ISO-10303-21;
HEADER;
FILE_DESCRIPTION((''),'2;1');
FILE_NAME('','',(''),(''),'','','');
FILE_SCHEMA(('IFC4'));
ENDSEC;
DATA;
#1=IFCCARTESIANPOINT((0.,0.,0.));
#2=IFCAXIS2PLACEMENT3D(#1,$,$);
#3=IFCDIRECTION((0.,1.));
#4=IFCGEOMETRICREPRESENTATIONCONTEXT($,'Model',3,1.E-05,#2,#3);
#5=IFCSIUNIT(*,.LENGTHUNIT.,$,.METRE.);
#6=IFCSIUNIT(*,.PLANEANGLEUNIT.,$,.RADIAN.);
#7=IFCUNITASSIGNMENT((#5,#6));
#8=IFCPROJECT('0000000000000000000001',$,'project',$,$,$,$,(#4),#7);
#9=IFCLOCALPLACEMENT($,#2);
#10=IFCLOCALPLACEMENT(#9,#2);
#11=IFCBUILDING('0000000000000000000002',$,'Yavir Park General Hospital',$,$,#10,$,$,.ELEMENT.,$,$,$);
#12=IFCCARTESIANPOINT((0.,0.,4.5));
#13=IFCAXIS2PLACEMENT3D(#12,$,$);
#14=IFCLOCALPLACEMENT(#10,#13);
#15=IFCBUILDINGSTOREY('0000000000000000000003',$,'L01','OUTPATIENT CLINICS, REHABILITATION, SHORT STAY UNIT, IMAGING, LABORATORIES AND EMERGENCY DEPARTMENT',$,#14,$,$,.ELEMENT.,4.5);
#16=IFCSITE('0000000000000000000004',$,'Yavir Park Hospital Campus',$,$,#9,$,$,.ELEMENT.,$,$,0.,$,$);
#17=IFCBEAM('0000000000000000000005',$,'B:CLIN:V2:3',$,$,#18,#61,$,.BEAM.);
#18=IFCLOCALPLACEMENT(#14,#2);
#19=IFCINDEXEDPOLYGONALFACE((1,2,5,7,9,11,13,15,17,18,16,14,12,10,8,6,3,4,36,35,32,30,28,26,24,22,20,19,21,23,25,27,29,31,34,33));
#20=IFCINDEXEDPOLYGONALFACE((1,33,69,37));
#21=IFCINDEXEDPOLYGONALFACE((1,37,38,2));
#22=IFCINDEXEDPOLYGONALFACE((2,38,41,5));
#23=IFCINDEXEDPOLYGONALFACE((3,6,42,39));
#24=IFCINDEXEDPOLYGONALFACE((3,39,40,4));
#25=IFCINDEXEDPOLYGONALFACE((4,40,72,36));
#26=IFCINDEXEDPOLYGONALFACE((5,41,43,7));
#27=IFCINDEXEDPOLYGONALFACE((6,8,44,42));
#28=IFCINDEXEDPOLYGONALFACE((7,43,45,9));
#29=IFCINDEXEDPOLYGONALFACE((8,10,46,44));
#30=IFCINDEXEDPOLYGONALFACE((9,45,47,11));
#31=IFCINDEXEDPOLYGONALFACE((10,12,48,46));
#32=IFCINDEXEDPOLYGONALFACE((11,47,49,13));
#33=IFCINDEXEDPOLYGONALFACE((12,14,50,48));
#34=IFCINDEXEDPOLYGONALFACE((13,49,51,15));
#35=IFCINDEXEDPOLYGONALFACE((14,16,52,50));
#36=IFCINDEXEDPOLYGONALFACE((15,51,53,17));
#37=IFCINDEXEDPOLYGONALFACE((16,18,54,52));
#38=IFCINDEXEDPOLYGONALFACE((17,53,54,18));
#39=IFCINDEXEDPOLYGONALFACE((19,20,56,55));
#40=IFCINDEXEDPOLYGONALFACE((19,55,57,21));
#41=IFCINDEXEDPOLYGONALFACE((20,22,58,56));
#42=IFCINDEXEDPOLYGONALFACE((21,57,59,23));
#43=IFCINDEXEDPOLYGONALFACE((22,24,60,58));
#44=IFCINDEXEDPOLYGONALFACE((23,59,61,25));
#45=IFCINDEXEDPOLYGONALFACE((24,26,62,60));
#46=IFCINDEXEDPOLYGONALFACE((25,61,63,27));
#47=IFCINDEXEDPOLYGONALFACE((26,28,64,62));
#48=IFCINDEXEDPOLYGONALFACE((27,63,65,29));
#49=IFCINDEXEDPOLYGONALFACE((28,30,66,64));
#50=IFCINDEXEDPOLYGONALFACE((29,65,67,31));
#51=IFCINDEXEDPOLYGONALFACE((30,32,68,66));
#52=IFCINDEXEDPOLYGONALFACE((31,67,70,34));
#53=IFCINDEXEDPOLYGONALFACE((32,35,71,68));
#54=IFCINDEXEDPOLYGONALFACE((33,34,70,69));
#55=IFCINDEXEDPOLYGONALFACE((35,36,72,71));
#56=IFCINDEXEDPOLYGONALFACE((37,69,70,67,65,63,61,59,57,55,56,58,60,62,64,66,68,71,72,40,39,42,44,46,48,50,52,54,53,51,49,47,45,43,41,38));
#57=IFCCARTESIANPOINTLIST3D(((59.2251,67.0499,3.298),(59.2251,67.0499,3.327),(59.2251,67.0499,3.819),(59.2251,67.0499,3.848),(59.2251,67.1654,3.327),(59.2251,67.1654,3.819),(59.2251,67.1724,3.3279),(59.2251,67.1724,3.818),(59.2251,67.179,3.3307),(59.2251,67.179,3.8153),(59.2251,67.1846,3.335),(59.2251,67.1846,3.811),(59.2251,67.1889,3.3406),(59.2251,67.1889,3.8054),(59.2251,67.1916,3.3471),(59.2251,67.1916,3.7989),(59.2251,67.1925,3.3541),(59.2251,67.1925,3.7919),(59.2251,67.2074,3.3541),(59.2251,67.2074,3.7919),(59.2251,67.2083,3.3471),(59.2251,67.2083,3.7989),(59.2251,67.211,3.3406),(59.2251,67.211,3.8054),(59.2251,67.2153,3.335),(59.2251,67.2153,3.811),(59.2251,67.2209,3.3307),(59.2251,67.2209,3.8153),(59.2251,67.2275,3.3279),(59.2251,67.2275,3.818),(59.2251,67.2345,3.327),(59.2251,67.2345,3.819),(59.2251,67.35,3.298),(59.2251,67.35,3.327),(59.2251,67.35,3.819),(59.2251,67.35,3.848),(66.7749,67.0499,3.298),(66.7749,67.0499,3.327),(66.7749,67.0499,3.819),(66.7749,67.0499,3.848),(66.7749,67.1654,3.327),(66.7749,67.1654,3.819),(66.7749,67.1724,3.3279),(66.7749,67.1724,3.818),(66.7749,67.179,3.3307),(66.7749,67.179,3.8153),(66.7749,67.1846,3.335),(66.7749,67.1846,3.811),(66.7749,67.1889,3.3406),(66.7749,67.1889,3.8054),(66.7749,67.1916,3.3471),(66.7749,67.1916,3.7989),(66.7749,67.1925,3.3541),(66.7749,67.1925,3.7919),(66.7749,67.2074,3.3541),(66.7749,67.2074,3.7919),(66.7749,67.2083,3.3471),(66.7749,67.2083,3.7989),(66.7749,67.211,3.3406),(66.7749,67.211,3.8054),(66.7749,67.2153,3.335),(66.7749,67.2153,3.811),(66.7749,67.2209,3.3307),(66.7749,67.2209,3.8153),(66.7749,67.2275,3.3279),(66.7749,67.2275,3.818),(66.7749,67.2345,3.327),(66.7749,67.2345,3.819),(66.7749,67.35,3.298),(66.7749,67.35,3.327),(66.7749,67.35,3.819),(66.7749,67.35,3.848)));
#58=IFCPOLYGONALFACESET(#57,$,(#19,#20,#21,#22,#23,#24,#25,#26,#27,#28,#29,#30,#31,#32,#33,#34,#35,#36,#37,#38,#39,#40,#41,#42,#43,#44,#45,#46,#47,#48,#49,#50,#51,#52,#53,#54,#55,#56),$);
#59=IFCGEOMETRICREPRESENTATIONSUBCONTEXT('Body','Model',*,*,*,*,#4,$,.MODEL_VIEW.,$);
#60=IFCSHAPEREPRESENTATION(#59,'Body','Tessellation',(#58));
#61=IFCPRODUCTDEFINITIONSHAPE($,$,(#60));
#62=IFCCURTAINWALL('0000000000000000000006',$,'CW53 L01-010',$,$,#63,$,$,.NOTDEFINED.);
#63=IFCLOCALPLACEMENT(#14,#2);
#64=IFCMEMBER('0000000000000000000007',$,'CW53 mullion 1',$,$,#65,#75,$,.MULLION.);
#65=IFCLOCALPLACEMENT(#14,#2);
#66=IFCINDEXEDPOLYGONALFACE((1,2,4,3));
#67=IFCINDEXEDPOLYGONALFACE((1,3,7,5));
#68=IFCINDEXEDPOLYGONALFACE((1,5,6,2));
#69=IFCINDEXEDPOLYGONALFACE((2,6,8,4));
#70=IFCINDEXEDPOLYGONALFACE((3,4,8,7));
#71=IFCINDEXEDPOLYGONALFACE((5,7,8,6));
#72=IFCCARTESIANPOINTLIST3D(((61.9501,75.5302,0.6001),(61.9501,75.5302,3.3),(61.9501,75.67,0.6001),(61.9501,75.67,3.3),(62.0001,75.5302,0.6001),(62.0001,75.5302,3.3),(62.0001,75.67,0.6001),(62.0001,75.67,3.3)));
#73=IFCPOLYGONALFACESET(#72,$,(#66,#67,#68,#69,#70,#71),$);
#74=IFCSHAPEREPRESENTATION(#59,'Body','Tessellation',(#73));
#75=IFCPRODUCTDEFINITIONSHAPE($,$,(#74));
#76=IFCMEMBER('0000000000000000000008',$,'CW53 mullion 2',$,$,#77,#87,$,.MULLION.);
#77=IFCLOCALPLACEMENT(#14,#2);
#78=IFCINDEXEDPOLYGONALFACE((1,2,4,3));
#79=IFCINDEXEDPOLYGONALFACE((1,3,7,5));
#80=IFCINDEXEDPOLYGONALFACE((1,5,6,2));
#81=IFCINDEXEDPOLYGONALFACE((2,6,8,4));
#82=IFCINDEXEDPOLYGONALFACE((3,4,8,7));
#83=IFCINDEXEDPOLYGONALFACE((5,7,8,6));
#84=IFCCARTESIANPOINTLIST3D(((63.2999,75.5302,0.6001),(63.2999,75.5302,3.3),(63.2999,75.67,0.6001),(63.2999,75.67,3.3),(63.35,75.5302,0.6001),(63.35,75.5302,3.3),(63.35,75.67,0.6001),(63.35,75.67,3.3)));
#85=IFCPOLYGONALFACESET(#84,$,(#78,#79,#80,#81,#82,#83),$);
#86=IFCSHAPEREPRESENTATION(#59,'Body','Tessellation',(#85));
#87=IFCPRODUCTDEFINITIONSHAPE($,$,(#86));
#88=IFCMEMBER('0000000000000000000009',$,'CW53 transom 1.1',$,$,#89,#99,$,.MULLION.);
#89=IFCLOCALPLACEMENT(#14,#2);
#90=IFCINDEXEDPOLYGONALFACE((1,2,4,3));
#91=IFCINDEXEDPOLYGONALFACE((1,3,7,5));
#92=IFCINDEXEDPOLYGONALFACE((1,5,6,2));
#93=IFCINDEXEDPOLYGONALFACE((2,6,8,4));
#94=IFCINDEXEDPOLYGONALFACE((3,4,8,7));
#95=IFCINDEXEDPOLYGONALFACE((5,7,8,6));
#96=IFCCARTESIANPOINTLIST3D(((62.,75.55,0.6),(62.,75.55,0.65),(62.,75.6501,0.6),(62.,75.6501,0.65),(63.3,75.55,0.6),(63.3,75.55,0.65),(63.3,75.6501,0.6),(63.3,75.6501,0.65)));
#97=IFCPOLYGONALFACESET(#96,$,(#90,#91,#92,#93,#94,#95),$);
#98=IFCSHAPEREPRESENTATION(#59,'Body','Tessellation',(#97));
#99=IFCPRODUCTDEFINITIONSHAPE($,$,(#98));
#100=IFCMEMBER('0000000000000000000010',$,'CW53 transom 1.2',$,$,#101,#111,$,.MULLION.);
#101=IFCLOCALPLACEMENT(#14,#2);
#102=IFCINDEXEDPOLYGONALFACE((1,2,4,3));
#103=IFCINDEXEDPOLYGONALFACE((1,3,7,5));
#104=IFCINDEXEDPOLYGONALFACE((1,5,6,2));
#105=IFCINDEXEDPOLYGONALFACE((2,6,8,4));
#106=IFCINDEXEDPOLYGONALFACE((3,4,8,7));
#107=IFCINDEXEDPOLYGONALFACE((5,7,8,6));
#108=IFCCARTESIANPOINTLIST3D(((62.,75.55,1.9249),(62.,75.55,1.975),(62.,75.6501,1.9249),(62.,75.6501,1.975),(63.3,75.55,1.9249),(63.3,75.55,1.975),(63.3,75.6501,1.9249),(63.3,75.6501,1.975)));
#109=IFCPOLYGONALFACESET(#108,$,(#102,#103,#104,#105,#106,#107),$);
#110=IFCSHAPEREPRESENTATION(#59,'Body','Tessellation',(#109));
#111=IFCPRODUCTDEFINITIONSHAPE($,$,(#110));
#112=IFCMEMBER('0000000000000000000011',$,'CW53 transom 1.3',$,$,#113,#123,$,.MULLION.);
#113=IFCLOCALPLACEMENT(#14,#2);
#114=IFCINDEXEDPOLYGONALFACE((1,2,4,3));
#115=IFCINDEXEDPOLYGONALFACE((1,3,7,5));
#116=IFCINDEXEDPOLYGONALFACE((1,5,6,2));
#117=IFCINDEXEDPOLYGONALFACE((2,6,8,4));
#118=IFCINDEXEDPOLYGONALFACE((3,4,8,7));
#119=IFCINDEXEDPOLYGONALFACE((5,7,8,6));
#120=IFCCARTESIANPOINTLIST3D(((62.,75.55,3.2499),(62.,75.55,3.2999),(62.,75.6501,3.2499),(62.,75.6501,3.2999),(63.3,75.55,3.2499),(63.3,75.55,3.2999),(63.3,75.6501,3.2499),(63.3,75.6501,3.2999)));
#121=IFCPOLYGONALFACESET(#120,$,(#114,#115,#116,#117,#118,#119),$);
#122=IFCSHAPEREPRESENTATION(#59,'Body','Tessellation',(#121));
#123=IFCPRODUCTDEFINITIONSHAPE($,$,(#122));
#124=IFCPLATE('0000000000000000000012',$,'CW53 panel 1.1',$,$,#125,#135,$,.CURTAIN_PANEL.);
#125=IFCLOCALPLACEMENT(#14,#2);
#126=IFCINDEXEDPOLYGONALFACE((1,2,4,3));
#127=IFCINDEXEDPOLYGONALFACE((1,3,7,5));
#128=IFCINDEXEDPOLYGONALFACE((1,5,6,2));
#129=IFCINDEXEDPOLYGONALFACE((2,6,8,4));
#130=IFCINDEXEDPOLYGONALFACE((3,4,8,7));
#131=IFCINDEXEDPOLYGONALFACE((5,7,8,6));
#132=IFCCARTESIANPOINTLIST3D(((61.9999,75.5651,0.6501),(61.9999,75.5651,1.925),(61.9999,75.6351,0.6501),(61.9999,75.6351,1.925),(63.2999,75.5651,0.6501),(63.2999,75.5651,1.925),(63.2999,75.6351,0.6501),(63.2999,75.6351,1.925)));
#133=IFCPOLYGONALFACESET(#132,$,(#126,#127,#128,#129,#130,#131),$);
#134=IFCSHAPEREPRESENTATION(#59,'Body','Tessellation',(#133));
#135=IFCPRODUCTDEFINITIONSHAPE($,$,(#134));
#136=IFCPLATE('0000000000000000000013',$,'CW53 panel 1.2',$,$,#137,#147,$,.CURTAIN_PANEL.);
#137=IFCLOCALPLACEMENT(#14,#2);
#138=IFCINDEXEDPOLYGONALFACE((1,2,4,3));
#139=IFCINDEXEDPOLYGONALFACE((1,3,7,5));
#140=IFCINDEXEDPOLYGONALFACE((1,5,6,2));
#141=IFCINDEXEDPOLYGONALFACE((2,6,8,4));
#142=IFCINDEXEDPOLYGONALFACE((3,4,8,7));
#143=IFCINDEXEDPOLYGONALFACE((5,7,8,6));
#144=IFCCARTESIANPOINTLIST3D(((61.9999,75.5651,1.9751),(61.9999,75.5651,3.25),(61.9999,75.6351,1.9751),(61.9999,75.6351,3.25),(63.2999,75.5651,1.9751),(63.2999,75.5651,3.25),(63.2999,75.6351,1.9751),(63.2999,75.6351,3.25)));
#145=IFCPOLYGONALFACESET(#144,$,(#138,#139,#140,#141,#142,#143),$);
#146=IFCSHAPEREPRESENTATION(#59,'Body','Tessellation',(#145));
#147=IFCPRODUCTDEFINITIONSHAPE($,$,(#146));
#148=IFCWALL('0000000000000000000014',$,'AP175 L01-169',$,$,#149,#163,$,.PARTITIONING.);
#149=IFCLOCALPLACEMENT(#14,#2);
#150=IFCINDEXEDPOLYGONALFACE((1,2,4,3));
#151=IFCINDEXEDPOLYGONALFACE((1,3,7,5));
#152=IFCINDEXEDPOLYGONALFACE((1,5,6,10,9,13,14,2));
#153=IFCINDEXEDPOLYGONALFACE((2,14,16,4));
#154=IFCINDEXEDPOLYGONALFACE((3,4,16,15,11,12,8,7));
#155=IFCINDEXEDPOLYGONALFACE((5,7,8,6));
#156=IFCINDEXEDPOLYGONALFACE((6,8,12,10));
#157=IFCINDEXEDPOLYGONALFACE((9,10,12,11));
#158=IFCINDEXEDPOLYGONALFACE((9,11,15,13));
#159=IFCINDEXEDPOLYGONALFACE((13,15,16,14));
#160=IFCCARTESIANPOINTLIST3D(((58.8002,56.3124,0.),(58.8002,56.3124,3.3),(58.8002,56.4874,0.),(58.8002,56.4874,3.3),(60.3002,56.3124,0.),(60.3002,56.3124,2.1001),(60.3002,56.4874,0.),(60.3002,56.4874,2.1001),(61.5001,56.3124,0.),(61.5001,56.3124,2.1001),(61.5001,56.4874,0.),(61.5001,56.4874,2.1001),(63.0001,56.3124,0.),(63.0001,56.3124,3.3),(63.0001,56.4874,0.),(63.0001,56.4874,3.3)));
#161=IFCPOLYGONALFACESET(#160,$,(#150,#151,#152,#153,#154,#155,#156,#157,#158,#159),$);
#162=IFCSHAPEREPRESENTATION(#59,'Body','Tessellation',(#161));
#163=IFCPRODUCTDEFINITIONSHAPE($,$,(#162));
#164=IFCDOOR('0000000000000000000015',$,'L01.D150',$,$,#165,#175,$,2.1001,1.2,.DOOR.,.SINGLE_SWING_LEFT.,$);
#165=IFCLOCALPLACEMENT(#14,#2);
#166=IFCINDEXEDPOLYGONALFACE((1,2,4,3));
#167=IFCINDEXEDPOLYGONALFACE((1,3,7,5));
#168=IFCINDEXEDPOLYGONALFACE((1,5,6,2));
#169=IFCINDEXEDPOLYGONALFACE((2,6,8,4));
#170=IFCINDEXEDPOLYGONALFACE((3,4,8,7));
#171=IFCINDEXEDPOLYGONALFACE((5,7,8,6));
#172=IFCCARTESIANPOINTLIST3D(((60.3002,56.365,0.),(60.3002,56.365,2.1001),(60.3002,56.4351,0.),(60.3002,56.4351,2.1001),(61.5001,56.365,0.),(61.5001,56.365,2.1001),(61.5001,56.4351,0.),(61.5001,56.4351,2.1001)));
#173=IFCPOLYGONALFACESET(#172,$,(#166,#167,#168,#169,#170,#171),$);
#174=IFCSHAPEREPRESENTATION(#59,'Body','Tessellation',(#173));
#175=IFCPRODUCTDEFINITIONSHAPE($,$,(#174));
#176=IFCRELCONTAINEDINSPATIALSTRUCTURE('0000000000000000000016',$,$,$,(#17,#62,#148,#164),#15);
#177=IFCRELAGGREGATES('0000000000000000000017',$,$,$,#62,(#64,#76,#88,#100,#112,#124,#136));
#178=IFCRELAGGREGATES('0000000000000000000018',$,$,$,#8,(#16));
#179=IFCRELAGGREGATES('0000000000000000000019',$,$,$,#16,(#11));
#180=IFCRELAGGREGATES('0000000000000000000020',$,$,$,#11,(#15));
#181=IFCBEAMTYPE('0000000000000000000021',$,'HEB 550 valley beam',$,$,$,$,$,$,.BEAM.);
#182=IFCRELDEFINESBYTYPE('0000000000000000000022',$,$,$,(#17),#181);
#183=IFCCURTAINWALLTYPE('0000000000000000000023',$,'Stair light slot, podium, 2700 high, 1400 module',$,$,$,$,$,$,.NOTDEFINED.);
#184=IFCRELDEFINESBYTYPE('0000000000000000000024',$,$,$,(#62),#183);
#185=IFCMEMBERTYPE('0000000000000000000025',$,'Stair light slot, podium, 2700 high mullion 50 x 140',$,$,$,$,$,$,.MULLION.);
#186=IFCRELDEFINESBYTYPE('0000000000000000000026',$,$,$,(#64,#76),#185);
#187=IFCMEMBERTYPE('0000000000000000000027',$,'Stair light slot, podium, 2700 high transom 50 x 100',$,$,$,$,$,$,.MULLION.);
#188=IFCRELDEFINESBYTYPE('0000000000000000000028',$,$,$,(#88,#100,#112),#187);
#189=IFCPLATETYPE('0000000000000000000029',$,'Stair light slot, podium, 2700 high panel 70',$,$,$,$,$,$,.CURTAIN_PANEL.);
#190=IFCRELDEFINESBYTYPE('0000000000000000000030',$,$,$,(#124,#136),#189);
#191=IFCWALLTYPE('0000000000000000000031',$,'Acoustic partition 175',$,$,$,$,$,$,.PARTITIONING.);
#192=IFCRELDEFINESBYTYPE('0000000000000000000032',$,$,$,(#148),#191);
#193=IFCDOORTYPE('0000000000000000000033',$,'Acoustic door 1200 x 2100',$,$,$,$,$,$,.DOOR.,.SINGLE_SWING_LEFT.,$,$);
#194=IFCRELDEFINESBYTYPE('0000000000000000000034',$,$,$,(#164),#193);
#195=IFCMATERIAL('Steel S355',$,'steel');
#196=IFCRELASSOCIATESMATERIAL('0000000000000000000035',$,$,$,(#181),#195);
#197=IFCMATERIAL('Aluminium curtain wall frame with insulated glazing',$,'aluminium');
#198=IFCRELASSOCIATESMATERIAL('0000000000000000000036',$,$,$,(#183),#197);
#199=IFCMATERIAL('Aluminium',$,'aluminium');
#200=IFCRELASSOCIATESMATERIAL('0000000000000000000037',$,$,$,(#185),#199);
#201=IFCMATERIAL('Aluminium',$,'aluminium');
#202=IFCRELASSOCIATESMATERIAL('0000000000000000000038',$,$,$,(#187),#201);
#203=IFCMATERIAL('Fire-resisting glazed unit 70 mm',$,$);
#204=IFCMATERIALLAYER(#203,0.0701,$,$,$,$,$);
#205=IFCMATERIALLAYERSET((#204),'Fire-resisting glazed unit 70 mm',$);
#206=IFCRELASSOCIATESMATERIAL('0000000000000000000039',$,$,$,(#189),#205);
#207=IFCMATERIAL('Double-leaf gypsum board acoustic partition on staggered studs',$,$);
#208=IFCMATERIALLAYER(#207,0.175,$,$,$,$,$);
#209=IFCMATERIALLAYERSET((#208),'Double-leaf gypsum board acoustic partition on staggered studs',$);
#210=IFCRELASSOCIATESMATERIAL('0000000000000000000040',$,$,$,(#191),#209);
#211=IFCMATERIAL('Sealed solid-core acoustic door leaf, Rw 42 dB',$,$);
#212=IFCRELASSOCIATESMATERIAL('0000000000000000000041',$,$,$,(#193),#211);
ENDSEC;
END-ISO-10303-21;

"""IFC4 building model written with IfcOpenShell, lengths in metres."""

from ifc_helpers import new_model, si_unit, direction, frame, frame_2d, origin, origin_2d, place, context, subcontext, project, spatial, rectangle, i_section, extrude, material, layer, layer_set, material_profile, profile_set, type_object, element, fill, aggregate, save


model = new_model("IFC4")

# Units and contexts
model_context = context("Model", 3, precision=1e-05, world=origin(), true_north=direction((0.0, 1.0)))
body_context = subcontext(model_context, "Body", "Model", "MODEL_VIEW")
ifc_project = project(units=[si_unit("LENGTHUNIT", "METRE"), si_unit("PLANEANGLEUNIT", "RADIAN")], contexts=[model_context])

# Site, building, storey
site_placement = place(None, origin())
site = spatial("IfcSite", under=ifc_project, at=site_placement, Name="Yavir Park Hospital Campus", CompositionType="ELEMENT", RefElevation=0.0)
building_placement = place(site_placement, origin())
building = spatial("IfcBuilding", under=site, at=building_placement, Name="Yavir Park General Hospital", CompositionType="ELEMENT")
storey_placement = place(building_placement, frame((0.0, 0.0, 4.5)))
storey = spatial("IfcBuildingStorey", under=building, at=storey_placement, Name="L01", Description="OUTPATIENT CLINICS, REHABILITATION, SHORT STAY UNIT, IMAGING, LABORATORIES AND EMERGENCY DEPARTMENT", CompositionType="ELEMENT", Elevation=4.5)

# Beam
ifc_material_1 = material(Name="Steel S355", Category="steel")
ifc_material_profile_1 = material_profile(ifc_material_1, i_section(OverallWidth=0.3, OverallDepth=0.55, WebThickness=0.0149, FlangeThickness=0.0291, FilletRadius=0.0271, at=origin_2d()), Name="HEB550")
ifc_profile_set_1 = profile_set([ifc_material_profile_1], Name="Steel S355")
beam_type_1 = type_object("IfcBeamType", Name="HEB 550 valley beam", PredefinedType="BEAM", material=ifc_profile_set_1)
for number, where, z_axis, x_axis, name in (
    (1, (59.2251, 67.2, 3.573), (1.0, 0.0, 0.0), (0.0, 1.0, 0.0), "B:CLIN:V2:3"),
):
    element("IfcBeam", number, at=place(storey_placement, frame(where, z_axis=z_axis, x_axis=x_axis)), inside=storey, type_object=beam_type_1, Name=name, PredefinedType="BEAM", context=body_context, shape_type="SweptSolid", body=[
        extrude(i_section(OverallWidth=0.3, OverallDepth=0.55, WebThickness=0.0149, FlangeThickness=0.0291, FilletRadius=0.0271, at=origin_2d()), origin(), (0.0, 0.0, 1.0), 7.5498),
    ])

# Curtain wall, members, plates
ifc_material_2 = material(Name="Aluminium curtain wall frame with insulated glazing", Category="aluminium")
curtain_wall_type = type_object("IfcCurtainWallType", Name="Stair light slot, podium, 2700 high, 1400 module", PredefinedType="NOTDEFINED", material=ifc_material_2)
curtain_wall_placement = place(storey_placement, origin())
curtain_wall = element("IfcCurtainWall", 2, at=curtain_wall_placement, inside=storey, type_object=curtain_wall_type, Name="CW53 L01-010", PredefinedType="NOTDEFINED")
ifc_material_3 = material(Name="Aluminium", Category="aluminium")
ifc_material_profile_2 = material_profile(ifc_material_3, rectangle(XDim=0.1399, YDim=0.05, at=origin_2d()), Name="AL 50x140")
ifc_profile_set_2 = profile_set([ifc_material_profile_2], Name="Aluminium")
member_type_1 = type_object("IfcMemberType", Name="Stair light slot, podium, 2700 high mullion 50 x 140", PredefinedType="MULLION", material=ifc_profile_set_2)
member_1_placement = place(storey_placement, frame((61.9751, 75.6001, 0.6001), z_axis=(0.0, 0.0, 1.0), x_axis=(0.0, 1.0, 0.0)))
member_1 = element("IfcMember", 3, at=member_1_placement, type_object=member_type_1, Name="CW53 mullion 1", PredefinedType="MULLION", context=body_context, shape_type="SweptSolid", body=[
    extrude(rectangle(XDim=0.1399, YDim=0.05, at=origin_2d()), origin(), (0.0, 0.0, 1.0), 2.7),
])
member_2_placement = place(storey_placement, frame((63.325, 75.6001, 0.6001), z_axis=(0.0, 0.0, 1.0), x_axis=(0.0, 1.0, 0.0)))
member_2 = element("IfcMember", 4, at=member_2_placement, type_object=member_type_1, Name="CW53 mullion 2", PredefinedType="MULLION", context=body_context, shape_type="SweptSolid", body=[
    extrude(rectangle(XDim=0.1399, YDim=0.05, at=origin_2d()), origin(), (0.0, 0.0, 1.0), 2.7),
])
ifc_material_4 = material(Name="Aluminium", Category="aluminium")
ifc_material_profile_3 = material_profile(ifc_material_4, rectangle(XDim=0.1001, YDim=0.05, at=origin_2d()), Name="AL 100x50")
ifc_profile_set_3 = profile_set([ifc_material_profile_3], Name="Aluminium")
member_type_2 = type_object("IfcMemberType", Name="Stair light slot, podium, 2700 high transom 50 x 100", PredefinedType="MULLION", material=ifc_profile_set_3)
member_3_placement = place(storey_placement, frame((62.0, 75.6001, 0.625), z_axis=(1.0, 0.0, 0.0), x_axis=(0.0, 1.0, 0.0)))
member_3 = element("IfcMember", 5, at=member_3_placement, type_object=member_type_2, Name="CW53 transom 1.1", PredefinedType="MULLION", context=body_context, shape_type="SweptSolid", body=[
    extrude(rectangle(XDim=0.1001, YDim=0.05, at=origin_2d()), origin(), (0.0, 0.0, 1.0), 1.3),
])
member_4_placement = place(storey_placement, frame((62.0, 75.6001, 1.95), z_axis=(1.0, 0.0, 0.0), x_axis=(0.0, 1.0, 0.0)))
member_4 = element("IfcMember", 6, at=member_4_placement, type_object=member_type_2, Name="CW53 transom 1.2", PredefinedType="MULLION", context=body_context, shape_type="SweptSolid", body=[
    extrude(rectangle(XDim=0.1001, YDim=0.05, at=origin_2d()), origin(), (0.0, 0.0, 1.0), 1.3),
])
member_5_placement = place(storey_placement, frame((62.0, 75.6001, 3.2749), z_axis=(1.0, 0.0, 0.0), x_axis=(0.0, 1.0, 0.0)))
member_5 = element("IfcMember", 7, at=member_5_placement, type_object=member_type_2, Name="CW53 transom 1.3", PredefinedType="MULLION", context=body_context, shape_type="SweptSolid", body=[
    extrude(rectangle(XDim=0.1001, YDim=0.05, at=origin_2d()), origin(), (0.0, 0.0, 1.0), 1.3),
])
ifc_material_5 = material(Name="Fire-resisting glazed unit 70 mm")
ifc_layer_1 = layer(ifc_material_5, 0.0701)
ifc_layer_set_1 = layer_set([ifc_layer_1], Name="Fire-resisting glazed unit 70 mm")
plate_type = type_object("IfcPlateType", Name="Stair light slot, podium, 2700 high panel 70", PredefinedType="CURTAIN_PANEL", material=ifc_layer_set_1)
plate_1_placement = place(storey_placement, frame((62.6499, 75.6001, 0.6501), z_axis=(0.0, 0.0, 1.0), x_axis=(1.0, 0.0, 0.0)))
plate_1 = element("IfcPlate", 8, at=plate_1_placement, type_object=plate_type, Name="CW53 panel 1.1", PredefinedType="CURTAIN_PANEL", context=body_context, shape_type="SweptSolid", body=[
    extrude(rectangle(XDim=1.3, YDim=0.0701, at=origin_2d()), origin(), (0.0, 0.0, 1.0), 1.2749),
])
plate_2_placement = place(storey_placement, frame((62.6499, 75.6001, 1.9751), z_axis=(0.0, 0.0, 1.0), x_axis=(1.0, 0.0, 0.0)))
plate_2 = element("IfcPlate", 9, at=plate_2_placement, type_object=plate_type, Name="CW53 panel 1.2", PredefinedType="CURTAIN_PANEL", context=body_context, shape_type="SweptSolid", body=[
    extrude(rectangle(XDim=1.3, YDim=0.0701, at=origin_2d()), origin(), (0.0, 0.0, 1.0), 1.2749),
])
aggregate(curtain_wall, [member_1, member_2, member_3, member_4, member_5, plate_1, plate_2])

# Wall, opening, door
ifc_material_6 = material(Name="Double-leaf gypsum board acoustic partition on staggered studs")
ifc_layer_2 = layer(ifc_material_6, 0.175)
ifc_layer_set_2 = layer_set([ifc_layer_2], Name="Double-leaf gypsum board acoustic partition on staggered studs")
wall_type_1 = type_object("IfcWallType", Name="Acoustic partition 175", PredefinedType="PARTITIONING", material=ifc_layer_set_2)
wall_1_placement = place(storey_placement, frame((58.8, 56.3999, 0.0), z_axis=(0.0, 0.0, 1.0), x_axis=(1.0, 0.0, 0.0)))
wall_1 = element("IfcWall", 10, at=wall_1_placement, inside=storey, type_object=wall_type_1, Name="AP175 L01-169", PredefinedType="PARTITIONING", context=body_context, shape_type="SweptSolid", body=[
    extrude(rectangle(XDim=4.2, YDim=0.175, at=frame_2d((2.1001, 0.0))), origin(), (0.0, 0.0, 1.0), 3.3),
])
opening_1_placement = place(wall_1_placement, frame((1.5, 0.0, 0.0)))
opening_1 = element("IfcOpeningElement", 11, at=opening_1_placement, cuts=wall_1, PredefinedType="OPENING", context=body_context, shape_type="SweptSolid", body=[
    extrude(rectangle(XDim=1.2, YDim=2.1001, at=frame_2d((0.6001, 1.05))), frame((0.0, 0.0974, 0.0), z_axis=(0.0, -1.0, 0.0), x_axis=(1.0, 0.0, 0.0)), (0.0, 0.0, 1.0), 0.1951),
])
ifc_material_7 = material(Name="Sealed solid-core acoustic door leaf, Rw 42 dB")
door_type_1 = type_object("IfcDoorType", Name="Acoustic door 1200 x 2100", OperationType="SINGLE_SWING_LEFT", PredefinedType="DOOR", material=ifc_material_7)
door_1_placement = place(opening_1_placement, origin())
door_1 = element("IfcDoor", 12, at=door_1_placement, inside=storey, type_object=door_type_1, Name="L01.D150", OperationType="SINGLE_SWING_LEFT", OverallHeight=2.1001, OverallWidth=1.2, PredefinedType="DOOR", context=body_context, shape_type="SweptSolid", body=[
    extrude(rectangle(XDim=1.2, YDim=2.1001, at=frame_2d((0.6001, 1.05))), frame((0.0, 0.0352, 0.0), z_axis=(0.0, -1.0, 0.0), x_axis=(1.0, 0.0, 0.0)), (0.0, 0.0, 1.0), 0.0701),
])
fill(opening_1, door_1)

save(model, "model.ifc")
